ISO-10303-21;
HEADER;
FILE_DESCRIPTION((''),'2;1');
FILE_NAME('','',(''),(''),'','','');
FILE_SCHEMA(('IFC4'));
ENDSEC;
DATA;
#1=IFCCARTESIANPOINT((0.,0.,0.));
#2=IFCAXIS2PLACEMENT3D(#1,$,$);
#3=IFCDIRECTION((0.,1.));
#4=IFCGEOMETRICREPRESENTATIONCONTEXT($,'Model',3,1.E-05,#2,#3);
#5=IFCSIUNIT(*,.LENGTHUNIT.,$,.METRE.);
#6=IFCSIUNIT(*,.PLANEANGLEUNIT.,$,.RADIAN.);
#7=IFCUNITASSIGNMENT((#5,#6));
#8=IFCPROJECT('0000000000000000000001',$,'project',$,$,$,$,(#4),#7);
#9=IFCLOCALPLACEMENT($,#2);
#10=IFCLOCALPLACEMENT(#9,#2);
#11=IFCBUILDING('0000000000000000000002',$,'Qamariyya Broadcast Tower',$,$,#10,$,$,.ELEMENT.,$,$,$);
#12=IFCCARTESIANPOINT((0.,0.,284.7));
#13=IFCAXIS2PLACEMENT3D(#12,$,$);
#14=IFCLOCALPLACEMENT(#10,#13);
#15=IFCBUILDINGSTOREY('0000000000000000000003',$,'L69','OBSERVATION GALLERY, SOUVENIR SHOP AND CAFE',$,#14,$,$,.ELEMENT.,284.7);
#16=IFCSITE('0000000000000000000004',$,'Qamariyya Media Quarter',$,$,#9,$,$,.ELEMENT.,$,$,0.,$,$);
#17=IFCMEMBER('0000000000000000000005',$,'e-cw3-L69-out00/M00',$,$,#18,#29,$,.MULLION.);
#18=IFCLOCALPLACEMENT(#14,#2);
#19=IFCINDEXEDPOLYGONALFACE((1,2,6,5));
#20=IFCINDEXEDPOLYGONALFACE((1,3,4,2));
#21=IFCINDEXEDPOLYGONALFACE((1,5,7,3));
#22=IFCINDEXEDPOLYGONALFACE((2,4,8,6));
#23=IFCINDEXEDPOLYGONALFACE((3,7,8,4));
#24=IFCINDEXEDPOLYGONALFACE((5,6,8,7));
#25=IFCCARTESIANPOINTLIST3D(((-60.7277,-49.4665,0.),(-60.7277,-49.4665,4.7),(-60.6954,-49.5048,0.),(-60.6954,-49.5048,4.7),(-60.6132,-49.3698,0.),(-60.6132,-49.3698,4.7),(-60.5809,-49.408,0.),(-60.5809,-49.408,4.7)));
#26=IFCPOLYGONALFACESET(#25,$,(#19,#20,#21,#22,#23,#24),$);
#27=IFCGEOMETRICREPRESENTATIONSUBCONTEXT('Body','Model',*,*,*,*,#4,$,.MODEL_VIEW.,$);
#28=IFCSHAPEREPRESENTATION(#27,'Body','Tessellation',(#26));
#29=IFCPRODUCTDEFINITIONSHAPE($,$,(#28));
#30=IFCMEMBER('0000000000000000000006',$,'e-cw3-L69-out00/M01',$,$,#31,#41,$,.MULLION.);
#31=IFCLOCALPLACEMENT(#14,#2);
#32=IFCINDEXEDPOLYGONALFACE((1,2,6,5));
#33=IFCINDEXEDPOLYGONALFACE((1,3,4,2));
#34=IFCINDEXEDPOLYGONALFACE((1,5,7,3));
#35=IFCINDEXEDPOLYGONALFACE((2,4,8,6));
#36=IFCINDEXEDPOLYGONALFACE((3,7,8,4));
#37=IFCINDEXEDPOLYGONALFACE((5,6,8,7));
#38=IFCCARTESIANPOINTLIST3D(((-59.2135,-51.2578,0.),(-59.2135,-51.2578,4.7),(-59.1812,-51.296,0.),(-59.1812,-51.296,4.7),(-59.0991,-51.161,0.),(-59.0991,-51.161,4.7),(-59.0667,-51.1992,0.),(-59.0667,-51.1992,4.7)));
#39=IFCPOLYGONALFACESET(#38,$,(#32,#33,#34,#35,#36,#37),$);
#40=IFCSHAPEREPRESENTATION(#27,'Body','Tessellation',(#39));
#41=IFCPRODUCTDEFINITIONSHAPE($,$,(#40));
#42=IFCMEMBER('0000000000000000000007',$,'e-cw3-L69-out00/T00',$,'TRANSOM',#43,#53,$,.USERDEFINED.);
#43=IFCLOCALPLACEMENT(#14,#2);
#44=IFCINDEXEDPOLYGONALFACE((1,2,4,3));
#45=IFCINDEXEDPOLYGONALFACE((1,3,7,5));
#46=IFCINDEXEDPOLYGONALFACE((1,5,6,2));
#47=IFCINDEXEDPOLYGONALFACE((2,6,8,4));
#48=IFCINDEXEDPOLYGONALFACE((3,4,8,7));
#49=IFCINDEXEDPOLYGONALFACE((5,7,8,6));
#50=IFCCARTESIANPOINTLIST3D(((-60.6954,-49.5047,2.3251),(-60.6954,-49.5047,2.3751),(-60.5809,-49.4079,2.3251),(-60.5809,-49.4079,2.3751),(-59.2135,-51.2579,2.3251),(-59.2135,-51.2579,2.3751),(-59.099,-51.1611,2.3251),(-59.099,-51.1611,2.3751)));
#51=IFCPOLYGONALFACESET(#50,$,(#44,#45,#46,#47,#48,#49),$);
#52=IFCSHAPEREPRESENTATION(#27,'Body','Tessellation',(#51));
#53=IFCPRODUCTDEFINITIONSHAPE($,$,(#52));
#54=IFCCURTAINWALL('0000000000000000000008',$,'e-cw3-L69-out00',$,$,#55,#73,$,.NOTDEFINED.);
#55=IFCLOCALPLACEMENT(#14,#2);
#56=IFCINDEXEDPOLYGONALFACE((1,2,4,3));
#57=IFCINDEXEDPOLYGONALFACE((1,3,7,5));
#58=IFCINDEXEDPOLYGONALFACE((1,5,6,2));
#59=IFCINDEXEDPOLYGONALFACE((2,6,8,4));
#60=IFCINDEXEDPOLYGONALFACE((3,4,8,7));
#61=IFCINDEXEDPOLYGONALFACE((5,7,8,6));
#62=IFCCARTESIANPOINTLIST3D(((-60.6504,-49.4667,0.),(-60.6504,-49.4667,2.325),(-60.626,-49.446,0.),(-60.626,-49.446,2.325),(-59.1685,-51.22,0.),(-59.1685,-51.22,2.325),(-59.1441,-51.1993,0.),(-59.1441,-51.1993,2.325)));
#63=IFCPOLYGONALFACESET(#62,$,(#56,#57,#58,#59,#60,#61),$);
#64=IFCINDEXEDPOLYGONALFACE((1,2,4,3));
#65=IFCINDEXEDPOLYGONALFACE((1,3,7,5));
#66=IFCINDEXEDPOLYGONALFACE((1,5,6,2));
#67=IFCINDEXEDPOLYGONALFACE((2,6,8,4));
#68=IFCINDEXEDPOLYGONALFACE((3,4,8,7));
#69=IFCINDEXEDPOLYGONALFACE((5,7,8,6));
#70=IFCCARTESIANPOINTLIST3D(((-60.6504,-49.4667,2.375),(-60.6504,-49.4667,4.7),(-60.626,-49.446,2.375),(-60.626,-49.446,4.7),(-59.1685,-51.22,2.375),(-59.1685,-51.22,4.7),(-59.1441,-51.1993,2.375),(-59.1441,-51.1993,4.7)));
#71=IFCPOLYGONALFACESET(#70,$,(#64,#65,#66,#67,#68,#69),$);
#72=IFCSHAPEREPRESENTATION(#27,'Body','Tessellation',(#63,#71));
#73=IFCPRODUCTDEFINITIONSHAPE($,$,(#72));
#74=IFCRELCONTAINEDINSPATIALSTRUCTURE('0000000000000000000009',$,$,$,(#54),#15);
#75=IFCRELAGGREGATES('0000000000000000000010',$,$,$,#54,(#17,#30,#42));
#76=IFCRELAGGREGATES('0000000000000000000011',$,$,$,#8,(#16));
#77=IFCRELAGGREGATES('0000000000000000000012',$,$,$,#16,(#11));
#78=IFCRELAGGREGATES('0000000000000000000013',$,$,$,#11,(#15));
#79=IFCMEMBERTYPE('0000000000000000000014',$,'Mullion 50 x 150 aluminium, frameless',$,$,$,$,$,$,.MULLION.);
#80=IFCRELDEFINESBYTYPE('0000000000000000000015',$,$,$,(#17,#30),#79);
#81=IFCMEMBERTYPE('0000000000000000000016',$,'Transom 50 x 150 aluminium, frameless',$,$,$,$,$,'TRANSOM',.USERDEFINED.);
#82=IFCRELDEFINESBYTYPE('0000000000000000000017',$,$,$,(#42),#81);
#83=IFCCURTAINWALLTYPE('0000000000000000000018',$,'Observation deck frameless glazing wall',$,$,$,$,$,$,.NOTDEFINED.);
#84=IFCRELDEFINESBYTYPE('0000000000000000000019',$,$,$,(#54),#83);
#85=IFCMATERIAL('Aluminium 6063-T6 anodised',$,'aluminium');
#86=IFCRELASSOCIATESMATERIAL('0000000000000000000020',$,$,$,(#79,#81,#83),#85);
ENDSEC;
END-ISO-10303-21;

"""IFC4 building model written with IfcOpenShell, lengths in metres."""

from ifc_helpers import new_model, si_unit, direction, frame, origin, origin_2d, place, context, subcontext, project, spatial, rectangle, extrude, material, material_profile, profile_set, type_object, element, aggregate, save


model = new_model("IFC4")

# Units and contexts
model_context = context("Model", 3, precision=1e-05, world=origin(), true_north=direction((0.0, 1.0)))
body_context = subcontext(model_context, "Body", "Model", "MODEL_VIEW")
ifc_project = project(units=[si_unit("LENGTHUNIT", "METRE"), si_unit("PLANEANGLEUNIT", "RADIAN")], contexts=[model_context])

# Members
ifc_material = material(Name="Aluminium 6063-T6 anodised", Category="aluminium")
ifc_material_profile_1 = material_profile(ifc_material, rectangle(XDim=0.1499, YDim=0.05, at=origin_2d()))
ifc_profile_set_1 = profile_set([ifc_material_profile_1], Name="Aluminium 6063-T6 anodised")
member_type_1 = type_object("IfcMemberType", Name="Mullion 50 x 150 aluminium, frameless", PredefinedType="MULLION", material=ifc_profile_set_1)
site_placement = place(None, origin())
building_placement = place(site_placement, origin())
storey_placement = place(building_placement, frame((0.0, 0.0, 284.7)))
member_1_placement = place(storey_placement, frame((-60.6543, -49.4373, 0.0), z_axis=(0.0, 0.0, 1.0), x_axis=(0.76371, 0.64556, 0.0)))
member_1 = element("IfcMember", 1, at=member_1_placement, type_object=member_type_1, Name="e-cw3-L69-out00/M00", PredefinedType="MULLION", context=body_context, shape_type="SweptSolid", body=[
    extrude(rectangle(XDim=0.1499, YDim=0.05, at=origin_2d()), origin(), (0.0, 0.0, 1.0), 4.7),
])
member_2_placement = place(storey_placement, frame((-59.1401, -51.2285, 0.0), z_axis=(0.0, 0.0, 1.0), x_axis=(0.76371, 0.64556, 0.0)))
member_2 = element("IfcMember", 2, at=member_2_placement, type_object=member_type_1, Name="e-cw3-L69-out00/M01", PredefinedType="MULLION", context=body_context, shape_type="SweptSolid", body=[
    extrude(rectangle(XDim=0.1499, YDim=0.05, at=origin_2d()), origin(), (0.0, 0.0, 1.0), 4.7),
])
ifc_material_profile_2 = material_profile(ifc_material, rectangle(XDim=0.1499, YDim=0.05, at=origin_2d()))
ifc_profile_set_2 = profile_set([ifc_material_profile_2], Name="Aluminium 6063-T6 anodised")
member_type_2 = type_object("IfcMemberType", Name="Transom 50 x 150 aluminium, frameless", ElementType="TRANSOM", PredefinedType="USERDEFINED", material=ifc_profile_set_2)
member_3_placement = place(storey_placement, frame((-60.6382, -49.4563, 2.3501), z_axis=(0.645556, -0.763713, 0.0), x_axis=(0.763713, 0.645556, 0.0)))
member_3 = element("IfcMember", 3, at=member_3_placement, type_object=member_type_2, Name="e-cw3-L69-out00/T00", ObjectType="TRANSOM", PredefinedType="USERDEFINED", context=body_context, shape_type="SweptSolid", body=[
    extrude(rectangle(XDim=0.1499, YDim=0.05, at=origin_2d()), origin(), (0.0, 0.0, 1.0), 2.2957),
])

# Site, building, storey
site = spatial("IfcSite", under=ifc_project, at=site_placement, Name="Qamariyya Media Quarter", CompositionType="ELEMENT", RefElevation=0.0)
building = spatial("IfcBuilding", under=site, at=building_placement, Name="Qamariyya Broadcast Tower", CompositionType="ELEMENT")
storey = spatial("IfcBuildingStorey", under=building, at=storey_placement, Name="L69", Description="OBSERVATION GALLERY, SOUVENIR SHOP AND CAFE", CompositionType="ELEMENT", Elevation=284.7)

# Curtain wall
curtain_wall_type = type_object("IfcCurtainWallType", Name="Observation deck frameless glazing wall", PredefinedType="NOTDEFINED", material=ifc_material)
curtain_wall_1_placement = place(storey_placement, origin())
curtain_wall_1 = element("IfcCurtainWall", 4, at=curtain_wall_1_placement, inside=storey, type_object=curtain_wall_type, Name="e-cw3-L69-out00", PredefinedType="NOTDEFINED", context=body_context, shape_type="SweptSolid", body=[
    extrude(rectangle(XDim=2.2957, YDim=0.032, at=origin_2d()), frame((-59.8972, -50.333, 0.0), x_axis=(0.645522, -0.763742, 0.0)), (0.0, 0.0, 1.0), 2.325),
    extrude(rectangle(XDim=2.2957, YDim=0.032, at=origin_2d()), frame((-59.8972, -50.333, 2.375), x_axis=(0.645522, -0.763742, 0.0)), (0.0, 0.0, 1.0), 2.325),
])
aggregate(curtain_wall_1, [member_1, member_2, member_3])

save(model, "model.ifc")
